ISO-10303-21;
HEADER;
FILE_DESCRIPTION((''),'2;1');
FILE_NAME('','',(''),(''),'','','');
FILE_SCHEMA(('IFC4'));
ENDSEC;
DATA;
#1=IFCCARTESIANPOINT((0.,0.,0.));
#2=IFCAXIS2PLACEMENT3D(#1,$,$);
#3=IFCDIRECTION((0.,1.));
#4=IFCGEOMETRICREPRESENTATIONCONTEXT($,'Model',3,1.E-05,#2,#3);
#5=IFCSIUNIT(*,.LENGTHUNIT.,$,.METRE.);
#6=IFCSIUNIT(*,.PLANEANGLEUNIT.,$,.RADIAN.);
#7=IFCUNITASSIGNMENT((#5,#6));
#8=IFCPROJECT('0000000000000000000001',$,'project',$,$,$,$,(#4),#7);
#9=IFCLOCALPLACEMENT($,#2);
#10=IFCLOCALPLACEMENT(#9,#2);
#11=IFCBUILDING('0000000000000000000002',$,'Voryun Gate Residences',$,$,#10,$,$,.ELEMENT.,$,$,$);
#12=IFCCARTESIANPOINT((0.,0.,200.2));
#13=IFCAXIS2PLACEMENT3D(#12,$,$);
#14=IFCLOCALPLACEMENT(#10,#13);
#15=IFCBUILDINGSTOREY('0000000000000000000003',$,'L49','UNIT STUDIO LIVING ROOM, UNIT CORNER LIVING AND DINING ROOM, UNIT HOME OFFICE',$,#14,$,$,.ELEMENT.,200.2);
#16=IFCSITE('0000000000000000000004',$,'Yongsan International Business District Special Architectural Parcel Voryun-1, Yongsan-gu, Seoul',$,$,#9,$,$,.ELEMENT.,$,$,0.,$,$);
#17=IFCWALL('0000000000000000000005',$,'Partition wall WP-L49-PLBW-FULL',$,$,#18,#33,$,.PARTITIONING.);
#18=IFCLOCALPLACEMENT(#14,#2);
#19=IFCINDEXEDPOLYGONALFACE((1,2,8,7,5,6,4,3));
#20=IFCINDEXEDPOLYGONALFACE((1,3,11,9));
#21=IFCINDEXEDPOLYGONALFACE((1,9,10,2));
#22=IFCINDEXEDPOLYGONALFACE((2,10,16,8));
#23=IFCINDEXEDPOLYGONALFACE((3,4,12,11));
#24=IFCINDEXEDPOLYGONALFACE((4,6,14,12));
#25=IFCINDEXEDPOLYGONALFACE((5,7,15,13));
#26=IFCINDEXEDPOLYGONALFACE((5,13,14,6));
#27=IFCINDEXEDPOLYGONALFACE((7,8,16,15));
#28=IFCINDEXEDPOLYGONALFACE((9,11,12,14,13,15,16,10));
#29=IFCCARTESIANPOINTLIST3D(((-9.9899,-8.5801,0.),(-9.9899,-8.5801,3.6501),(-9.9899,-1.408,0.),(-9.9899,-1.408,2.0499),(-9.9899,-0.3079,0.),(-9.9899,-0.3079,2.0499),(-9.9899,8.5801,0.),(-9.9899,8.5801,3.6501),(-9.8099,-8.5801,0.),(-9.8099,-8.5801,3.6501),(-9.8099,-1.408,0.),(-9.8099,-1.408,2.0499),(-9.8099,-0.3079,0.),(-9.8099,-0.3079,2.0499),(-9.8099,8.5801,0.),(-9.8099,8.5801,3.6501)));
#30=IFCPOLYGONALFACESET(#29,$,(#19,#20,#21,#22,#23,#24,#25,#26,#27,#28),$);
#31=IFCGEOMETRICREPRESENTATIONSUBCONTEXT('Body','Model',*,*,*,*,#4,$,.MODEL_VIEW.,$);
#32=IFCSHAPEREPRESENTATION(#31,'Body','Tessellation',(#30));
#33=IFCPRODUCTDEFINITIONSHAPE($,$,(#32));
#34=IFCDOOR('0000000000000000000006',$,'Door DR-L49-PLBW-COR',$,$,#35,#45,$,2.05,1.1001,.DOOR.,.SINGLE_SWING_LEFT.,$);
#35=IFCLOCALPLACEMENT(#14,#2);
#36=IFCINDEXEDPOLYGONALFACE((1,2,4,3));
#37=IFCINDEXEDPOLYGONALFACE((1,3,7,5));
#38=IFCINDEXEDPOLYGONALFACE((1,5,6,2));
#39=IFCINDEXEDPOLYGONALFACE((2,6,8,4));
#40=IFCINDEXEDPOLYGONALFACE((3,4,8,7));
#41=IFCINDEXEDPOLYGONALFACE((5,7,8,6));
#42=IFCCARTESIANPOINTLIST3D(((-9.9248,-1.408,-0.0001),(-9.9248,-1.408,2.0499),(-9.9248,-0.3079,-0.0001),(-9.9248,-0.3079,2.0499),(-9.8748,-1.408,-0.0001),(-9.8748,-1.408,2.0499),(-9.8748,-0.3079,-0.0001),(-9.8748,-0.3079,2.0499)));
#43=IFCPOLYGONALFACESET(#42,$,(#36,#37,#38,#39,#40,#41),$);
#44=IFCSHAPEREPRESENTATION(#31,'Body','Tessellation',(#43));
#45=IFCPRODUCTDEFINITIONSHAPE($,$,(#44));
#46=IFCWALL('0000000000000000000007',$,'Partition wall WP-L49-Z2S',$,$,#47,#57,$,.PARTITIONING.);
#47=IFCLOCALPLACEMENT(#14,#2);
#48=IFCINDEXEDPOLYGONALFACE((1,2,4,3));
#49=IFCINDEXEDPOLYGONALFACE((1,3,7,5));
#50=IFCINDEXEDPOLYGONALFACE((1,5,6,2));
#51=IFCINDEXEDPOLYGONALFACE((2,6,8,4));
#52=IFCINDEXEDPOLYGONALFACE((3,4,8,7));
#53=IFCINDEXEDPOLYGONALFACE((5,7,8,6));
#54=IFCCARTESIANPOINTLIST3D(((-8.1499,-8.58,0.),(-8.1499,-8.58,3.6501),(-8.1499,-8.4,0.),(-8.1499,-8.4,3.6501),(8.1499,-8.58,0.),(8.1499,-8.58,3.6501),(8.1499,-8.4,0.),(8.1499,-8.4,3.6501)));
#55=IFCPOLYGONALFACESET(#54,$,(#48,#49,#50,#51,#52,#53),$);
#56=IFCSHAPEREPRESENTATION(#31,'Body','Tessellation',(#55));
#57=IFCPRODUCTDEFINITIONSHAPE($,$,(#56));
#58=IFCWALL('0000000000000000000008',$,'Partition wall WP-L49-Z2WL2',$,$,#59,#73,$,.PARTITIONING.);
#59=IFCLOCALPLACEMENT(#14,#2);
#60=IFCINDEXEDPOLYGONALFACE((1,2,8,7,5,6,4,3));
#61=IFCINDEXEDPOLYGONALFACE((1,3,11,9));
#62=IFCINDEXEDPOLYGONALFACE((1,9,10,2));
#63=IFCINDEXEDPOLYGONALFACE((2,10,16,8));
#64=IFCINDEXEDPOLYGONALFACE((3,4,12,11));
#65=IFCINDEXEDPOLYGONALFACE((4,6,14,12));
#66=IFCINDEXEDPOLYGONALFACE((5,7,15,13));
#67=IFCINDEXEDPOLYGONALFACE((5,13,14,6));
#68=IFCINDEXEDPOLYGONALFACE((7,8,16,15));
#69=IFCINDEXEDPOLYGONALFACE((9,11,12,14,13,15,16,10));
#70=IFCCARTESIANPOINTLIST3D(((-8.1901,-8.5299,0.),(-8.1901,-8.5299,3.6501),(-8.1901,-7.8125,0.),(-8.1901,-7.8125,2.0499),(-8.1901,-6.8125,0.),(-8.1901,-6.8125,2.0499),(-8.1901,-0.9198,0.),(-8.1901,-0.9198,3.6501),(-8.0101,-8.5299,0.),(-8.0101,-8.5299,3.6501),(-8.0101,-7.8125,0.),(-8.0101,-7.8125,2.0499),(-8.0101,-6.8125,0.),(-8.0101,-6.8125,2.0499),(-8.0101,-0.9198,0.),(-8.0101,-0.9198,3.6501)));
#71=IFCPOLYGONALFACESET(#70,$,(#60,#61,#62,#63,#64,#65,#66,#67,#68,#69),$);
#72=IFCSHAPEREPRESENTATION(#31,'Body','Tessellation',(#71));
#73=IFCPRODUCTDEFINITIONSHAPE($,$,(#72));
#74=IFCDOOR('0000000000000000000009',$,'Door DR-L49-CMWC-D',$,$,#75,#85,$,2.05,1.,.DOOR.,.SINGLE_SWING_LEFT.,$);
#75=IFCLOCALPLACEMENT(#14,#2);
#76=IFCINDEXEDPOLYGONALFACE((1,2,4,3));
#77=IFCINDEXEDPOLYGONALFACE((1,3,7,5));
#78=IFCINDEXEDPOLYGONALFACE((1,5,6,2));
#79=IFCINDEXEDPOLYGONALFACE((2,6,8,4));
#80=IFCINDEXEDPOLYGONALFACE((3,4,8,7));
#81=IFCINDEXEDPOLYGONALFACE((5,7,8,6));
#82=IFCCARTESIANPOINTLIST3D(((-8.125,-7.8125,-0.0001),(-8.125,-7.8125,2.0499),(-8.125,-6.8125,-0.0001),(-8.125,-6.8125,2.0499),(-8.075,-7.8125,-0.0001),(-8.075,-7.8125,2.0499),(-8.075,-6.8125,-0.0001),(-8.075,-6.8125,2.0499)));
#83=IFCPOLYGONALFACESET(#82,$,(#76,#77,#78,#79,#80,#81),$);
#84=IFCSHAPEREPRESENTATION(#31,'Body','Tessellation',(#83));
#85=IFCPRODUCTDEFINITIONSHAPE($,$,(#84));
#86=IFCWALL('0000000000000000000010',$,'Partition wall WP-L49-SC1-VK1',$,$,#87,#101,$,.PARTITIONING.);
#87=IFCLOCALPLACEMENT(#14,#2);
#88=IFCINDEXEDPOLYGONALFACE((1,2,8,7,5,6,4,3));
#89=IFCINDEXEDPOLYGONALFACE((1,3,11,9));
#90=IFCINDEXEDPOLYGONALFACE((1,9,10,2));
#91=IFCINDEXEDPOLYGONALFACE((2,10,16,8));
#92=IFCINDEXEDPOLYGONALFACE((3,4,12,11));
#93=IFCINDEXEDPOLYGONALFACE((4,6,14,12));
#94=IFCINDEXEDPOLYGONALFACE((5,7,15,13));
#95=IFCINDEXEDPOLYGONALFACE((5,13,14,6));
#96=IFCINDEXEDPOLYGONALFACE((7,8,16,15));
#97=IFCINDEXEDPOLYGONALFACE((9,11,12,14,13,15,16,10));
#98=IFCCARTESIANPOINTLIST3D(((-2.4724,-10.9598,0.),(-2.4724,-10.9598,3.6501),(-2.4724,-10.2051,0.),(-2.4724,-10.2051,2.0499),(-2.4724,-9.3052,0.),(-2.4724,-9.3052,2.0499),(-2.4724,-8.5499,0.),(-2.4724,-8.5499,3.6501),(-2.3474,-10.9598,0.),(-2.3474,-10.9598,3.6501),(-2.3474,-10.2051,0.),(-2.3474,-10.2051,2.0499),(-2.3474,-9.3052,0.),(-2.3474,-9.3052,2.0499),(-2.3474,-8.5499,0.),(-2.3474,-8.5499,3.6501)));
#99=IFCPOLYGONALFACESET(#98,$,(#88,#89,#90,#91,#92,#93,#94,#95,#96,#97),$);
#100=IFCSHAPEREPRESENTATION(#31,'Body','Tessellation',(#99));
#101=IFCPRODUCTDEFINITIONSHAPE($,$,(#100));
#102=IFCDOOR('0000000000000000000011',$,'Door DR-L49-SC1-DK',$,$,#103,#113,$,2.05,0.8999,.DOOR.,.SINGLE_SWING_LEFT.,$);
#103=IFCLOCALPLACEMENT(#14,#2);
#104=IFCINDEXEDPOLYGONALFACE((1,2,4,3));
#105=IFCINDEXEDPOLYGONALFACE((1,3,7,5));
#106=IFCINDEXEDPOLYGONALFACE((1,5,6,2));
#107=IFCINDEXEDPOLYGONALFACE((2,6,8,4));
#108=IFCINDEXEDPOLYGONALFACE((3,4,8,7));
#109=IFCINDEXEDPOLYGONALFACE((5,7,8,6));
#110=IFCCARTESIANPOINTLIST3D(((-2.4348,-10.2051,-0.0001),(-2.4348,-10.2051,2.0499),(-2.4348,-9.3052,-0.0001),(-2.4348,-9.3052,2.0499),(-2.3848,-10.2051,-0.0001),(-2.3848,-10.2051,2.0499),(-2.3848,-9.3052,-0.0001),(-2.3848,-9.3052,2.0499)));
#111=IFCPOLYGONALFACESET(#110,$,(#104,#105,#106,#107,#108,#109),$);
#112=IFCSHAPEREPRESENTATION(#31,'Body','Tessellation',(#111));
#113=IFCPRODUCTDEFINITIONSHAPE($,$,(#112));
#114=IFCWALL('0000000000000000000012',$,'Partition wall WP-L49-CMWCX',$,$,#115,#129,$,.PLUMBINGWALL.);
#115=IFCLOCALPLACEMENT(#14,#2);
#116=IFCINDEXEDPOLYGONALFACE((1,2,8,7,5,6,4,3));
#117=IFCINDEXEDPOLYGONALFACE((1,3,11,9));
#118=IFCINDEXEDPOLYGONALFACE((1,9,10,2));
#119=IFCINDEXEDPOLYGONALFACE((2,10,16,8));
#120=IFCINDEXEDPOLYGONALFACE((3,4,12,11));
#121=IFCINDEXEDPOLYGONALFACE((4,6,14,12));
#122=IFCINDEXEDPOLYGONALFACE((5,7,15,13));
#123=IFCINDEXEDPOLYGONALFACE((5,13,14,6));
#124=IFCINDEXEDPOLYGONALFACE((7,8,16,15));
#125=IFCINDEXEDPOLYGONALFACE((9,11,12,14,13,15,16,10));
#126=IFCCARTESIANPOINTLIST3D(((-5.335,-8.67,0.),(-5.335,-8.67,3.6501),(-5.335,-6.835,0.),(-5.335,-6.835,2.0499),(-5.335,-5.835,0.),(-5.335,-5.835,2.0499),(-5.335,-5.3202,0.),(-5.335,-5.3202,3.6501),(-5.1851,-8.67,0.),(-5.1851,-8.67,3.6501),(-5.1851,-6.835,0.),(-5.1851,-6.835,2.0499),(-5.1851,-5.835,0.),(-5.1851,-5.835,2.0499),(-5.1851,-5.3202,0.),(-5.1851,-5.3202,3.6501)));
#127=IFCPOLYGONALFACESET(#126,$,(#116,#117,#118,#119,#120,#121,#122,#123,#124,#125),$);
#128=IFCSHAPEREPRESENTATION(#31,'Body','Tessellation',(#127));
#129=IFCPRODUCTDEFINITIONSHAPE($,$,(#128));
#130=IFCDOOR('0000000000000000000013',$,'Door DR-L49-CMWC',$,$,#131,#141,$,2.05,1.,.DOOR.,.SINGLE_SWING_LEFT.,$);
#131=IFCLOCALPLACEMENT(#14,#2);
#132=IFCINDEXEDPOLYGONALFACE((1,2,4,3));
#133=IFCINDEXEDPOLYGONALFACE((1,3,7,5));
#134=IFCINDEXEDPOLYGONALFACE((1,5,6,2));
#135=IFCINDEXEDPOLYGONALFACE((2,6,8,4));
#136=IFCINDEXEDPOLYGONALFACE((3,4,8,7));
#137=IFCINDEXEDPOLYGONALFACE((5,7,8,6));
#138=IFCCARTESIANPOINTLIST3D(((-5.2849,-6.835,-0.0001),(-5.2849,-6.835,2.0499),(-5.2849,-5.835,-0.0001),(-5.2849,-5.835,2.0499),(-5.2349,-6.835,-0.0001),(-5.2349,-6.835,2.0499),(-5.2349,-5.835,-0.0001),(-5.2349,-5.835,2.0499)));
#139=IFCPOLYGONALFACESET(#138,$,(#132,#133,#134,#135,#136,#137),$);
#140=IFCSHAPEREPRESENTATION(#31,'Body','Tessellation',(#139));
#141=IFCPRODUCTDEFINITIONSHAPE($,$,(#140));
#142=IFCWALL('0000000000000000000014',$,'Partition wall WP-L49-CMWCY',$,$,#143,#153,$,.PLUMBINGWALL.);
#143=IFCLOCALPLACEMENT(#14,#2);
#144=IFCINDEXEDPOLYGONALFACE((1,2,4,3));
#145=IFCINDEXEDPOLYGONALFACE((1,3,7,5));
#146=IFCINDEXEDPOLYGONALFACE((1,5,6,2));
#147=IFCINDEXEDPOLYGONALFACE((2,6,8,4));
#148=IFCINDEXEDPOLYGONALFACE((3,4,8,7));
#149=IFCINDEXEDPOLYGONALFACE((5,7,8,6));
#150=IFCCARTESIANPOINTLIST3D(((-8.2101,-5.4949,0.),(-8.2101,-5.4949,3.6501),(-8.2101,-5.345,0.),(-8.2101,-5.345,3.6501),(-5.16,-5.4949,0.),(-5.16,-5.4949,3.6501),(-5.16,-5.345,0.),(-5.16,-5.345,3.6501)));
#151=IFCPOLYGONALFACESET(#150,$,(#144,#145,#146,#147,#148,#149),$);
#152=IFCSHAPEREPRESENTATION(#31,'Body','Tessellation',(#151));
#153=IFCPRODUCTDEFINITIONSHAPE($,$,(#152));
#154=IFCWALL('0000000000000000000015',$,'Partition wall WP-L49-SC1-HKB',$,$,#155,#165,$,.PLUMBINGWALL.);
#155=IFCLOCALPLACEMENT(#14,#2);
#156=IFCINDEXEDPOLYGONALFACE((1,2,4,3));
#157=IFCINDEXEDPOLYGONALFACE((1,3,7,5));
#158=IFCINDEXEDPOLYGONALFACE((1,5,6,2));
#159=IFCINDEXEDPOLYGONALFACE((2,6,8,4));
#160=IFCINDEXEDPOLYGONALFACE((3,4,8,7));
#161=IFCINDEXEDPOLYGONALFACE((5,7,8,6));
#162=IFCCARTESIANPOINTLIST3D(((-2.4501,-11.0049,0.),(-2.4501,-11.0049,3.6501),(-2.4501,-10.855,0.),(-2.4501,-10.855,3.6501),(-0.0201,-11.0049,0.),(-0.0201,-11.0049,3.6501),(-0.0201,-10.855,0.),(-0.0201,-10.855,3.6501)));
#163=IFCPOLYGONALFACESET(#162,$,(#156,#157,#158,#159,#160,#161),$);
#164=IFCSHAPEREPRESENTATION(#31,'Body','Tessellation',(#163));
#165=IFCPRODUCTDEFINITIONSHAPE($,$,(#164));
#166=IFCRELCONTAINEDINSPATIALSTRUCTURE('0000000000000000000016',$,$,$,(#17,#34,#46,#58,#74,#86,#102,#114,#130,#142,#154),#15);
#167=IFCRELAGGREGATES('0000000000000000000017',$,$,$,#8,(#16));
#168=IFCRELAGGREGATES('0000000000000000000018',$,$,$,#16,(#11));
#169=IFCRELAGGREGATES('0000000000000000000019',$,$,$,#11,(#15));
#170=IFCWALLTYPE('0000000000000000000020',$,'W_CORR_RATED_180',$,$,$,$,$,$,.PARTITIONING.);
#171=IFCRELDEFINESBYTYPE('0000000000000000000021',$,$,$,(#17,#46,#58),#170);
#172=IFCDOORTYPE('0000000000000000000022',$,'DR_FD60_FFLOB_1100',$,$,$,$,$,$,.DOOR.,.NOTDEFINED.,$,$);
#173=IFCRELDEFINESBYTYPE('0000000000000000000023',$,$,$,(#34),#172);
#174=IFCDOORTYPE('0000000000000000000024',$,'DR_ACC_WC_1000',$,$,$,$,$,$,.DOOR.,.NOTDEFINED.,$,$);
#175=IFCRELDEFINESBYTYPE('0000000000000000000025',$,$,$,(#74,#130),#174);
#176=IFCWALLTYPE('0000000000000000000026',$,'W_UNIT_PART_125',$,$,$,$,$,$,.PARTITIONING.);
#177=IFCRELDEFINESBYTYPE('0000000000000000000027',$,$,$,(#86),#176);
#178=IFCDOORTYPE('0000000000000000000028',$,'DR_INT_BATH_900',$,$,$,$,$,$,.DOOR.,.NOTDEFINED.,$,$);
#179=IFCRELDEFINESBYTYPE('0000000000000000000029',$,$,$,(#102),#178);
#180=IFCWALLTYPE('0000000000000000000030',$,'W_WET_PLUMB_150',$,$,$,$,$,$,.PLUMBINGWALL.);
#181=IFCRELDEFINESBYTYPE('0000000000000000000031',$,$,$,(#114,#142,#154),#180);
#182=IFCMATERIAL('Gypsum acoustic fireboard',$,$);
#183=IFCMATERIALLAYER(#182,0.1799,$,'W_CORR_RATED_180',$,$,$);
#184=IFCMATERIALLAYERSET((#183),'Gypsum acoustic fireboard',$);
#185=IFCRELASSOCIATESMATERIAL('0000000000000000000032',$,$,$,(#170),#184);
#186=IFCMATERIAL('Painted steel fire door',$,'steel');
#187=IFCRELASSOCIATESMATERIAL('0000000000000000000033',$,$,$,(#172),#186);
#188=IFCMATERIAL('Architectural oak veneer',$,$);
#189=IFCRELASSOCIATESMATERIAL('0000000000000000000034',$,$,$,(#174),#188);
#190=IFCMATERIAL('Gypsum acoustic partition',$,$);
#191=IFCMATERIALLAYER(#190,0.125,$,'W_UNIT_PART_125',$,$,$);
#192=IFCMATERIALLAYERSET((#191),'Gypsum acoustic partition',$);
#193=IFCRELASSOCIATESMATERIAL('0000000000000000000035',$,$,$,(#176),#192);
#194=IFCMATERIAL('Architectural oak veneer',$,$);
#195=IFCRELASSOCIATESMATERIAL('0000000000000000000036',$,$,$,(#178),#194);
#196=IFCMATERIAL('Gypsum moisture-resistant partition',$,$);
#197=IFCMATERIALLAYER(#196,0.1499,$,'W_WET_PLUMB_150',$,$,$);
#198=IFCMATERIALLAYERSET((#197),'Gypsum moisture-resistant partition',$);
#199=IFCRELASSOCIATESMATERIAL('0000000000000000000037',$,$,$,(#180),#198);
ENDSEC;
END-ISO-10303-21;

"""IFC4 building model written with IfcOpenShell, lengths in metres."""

from ifc_helpers import new_model, si_unit, direction, frame, frame_2d, origin, place, context, subcontext, project, spatial, rectangle, extrude, material, layer, layer_set, type_object, element, fill, save


model = new_model("IFC4")

# Units and contexts
model_context = context("Model", 3, precision=1e-05, world=origin(), true_north=direction((0.0, 1.0)))
body_context = subcontext(model_context, "Body", "Model", "MODEL_VIEW")
ifc_project = project(units=[si_unit("LENGTHUNIT", "METRE"), si_unit("PLANEANGLEUNIT", "RADIAN")], contexts=[model_context])

# Site, building, storey
site_placement = place(None, origin())
site = spatial("IfcSite", under=ifc_project, at=site_placement, Name="Yongsan International Business District Special Architectural Parcel Voryun-1, Yongsan-gu, Seoul", CompositionType="ELEMENT", RefElevation=0.0)
building_placement = place(site_placement, origin())
building = spatial("IfcBuilding", under=site, at=building_placement, Name="Voryun Gate Residences", CompositionType="ELEMENT")
storey_placement = place(building_placement, frame((0.0, 0.0, 200.2)))
storey = spatial("IfcBuildingStorey", under=building, at=storey_placement, Name="L49", Description="UNIT STUDIO LIVING ROOM, UNIT CORNER LIVING AND DINING ROOM, UNIT HOME OFFICE", CompositionType="ELEMENT", Elevation=200.2)

# Shared definitions
ifc_material_1 = material(Name="Gypsum acoustic fireboard")
ifc_layer_1 = layer(ifc_material_1, 0.1799, Name="W_CORR_RATED_180")
ifc_layer_set_1 = layer_set([ifc_layer_1], Name="Gypsum acoustic fireboard")
wall_type_1 = type_object("IfcWallType", Name="W_CORR_RATED_180", PredefinedType="PARTITIONING", material=ifc_layer_set_1)

# Wall, opening, door
wall_1_placement = place(storey_placement, frame((-9.8999, -8.5801, 0.0), z_axis=(0.0, 0.0, 1.0), x_axis=(0.0, 1.0, 0.0)))
wall_1 = element("IfcWall", 1, at=wall_1_placement, inside=storey, type_object=wall_type_1, Name="Partition wall WP-L49-PLBW-FULL", PredefinedType="PARTITIONING", context=body_context, shape_type="SweptSolid", body=[
    extrude(rectangle(XDim=17.1602, YDim=0.1799, at=frame_2d((8.5801, 0.0))), origin(), (0.0, 0.0, 1.0), 3.6501),
])
opening_1_placement = place(wall_1_placement, frame((7.1721, 0.0, 0.0)))
opening_1 = element("IfcOpeningElement", 2, at=opening_1_placement, cuts=wall_1, PredefinedType="OPENING", context=body_context, shape_type="SweptSolid", body=[
    extrude(rectangle(XDim=1.1001, YDim=2.05, at=frame_2d((0.55, 1.0249))), frame((0.0, 0.0999, 0.0), z_axis=(0.0, -1.0, 0.0), x_axis=(1.0, 0.0, 0.0)), (0.0, 0.0, 1.0), 0.2),
])
ifc_material_2 = material(Name="Painted steel fire door", Category="steel")
door_type_1 = type_object("IfcDoorType", Name="DR_FD60_FFLOB_1100", OperationType="NOTDEFINED", PredefinedType="DOOR", material=ifc_material_2)
door_1_placement = place(opening_1_placement, origin())
door_1 = element("IfcDoor", 3, at=door_1_placement, inside=storey, type_object=door_type_1, Name="Door DR-L49-PLBW-COR", OperationType="SINGLE_SWING_LEFT", OverallHeight=2.05, OverallWidth=1.1001, PredefinedType="DOOR", context=body_context, shape_type="SweptSolid", body=[
    extrude(rectangle(XDim=1.1001, YDim=2.05, at=frame_2d((0.55, 1.0249))), frame((0.0, 0.0249, 0.0), z_axis=(0.0, -1.0, 0.0), x_axis=(1.0, 0.0, 0.0)), (0.0, 0.0, 1.0), 0.05),
])
fill(opening_1, door_1)

# Wall
wall_2_placement = place(storey_placement, frame((-8.1499, -8.49, 0.0), z_axis=(0.0, 0.0, 1.0), x_axis=(1.0, 0.0, 0.0)))
element("IfcWall", 4, at=wall_2_placement, inside=storey, type_object=wall_type_1, Name="Partition wall WP-L49-Z2S", PredefinedType="PARTITIONING", context=body_context, shape_type="SweptSolid", body=[
    extrude(rectangle(XDim=16.2998, YDim=0.1799, at=frame_2d((8.1499, 0.0))), origin(), (0.0, 0.0, 1.0), 3.6501),
])

# Walls, openings, doors
wall_3_placement = place(storey_placement, frame((-8.1001, -8.53, 0.0), z_axis=(0.0, 0.0, 1.0), x_axis=(0.0, 1.0, 0.0)))
wall_3 = element("IfcWall", 5, at=wall_3_placement, inside=storey, type_object=wall_type_1, Name="Partition wall WP-L49-Z2WL2", PredefinedType="PARTITIONING", context=body_context, shape_type="SweptSolid", body=[
    extrude(rectangle(XDim=7.6101, YDim=0.1799, at=frame_2d((3.8052, 0.0))), origin(), (0.0, 0.0, 1.0), 3.6501),
])
opening_2_placement = place(wall_3_placement, frame((0.7175, 0.0, 0.0)))
opening_2 = element("IfcOpeningElement", 6, at=opening_2_placement, cuts=wall_3, PredefinedType="OPENING", context=body_context, shape_type="SweptSolid", body=[
    extrude(rectangle(XDim=1.0, YDim=2.05, at=frame_2d((0.5, 1.0249))), frame((0.0, 0.0999, 0.0), z_axis=(0.0, -1.0, 0.0), x_axis=(1.0, 0.0, 0.0)), (0.0, 0.0, 1.0), 0.2),
])
ifc_material_3 = material(Name="Architectural oak veneer")
door_type_2 = type_object("IfcDoorType", Name="DR_ACC_WC_1000", OperationType="NOTDEFINED", PredefinedType="DOOR", material=ifc_material_3)
door_2_placement = place(opening_2_placement, origin())
door_2 = element("IfcDoor", 7, at=door_2_placement, inside=storey, type_object=door_type_2, Name="Door DR-L49-CMWC-D", OperationType="SINGLE_SWING_LEFT", OverallHeight=2.05, OverallWidth=1.0, PredefinedType="DOOR", context=body_context, shape_type="SweptSolid", body=[
    extrude(rectangle(XDim=1.0, YDim=2.05, at=frame_2d((0.5, 1.0249))), frame((0.0, 0.0249, 0.0), z_axis=(0.0, -1.0, 0.0), x_axis=(1.0, 0.0, 0.0)), (0.0, 0.0, 1.0), 0.05),
])
fill(opening_2, door_2)
ifc_material_4 = material(Name="Gypsum acoustic partition")
ifc_layer_2 = layer(ifc_material_4, 0.125, Name="W_UNIT_PART_125")
ifc_layer_set_2 = layer_set([ifc_layer_2], Name="Gypsum acoustic partition")
wall_type_2 = type_object("IfcWallType", Name="W_UNIT_PART_125", PredefinedType="PARTITIONING", material=ifc_layer_set_2)
wall_4_placement = place(storey_placement, frame((-2.4099, -10.96, 0.0), z_axis=(0.0, 0.0, 1.0), x_axis=(0.0, 1.0, 0.0)))
wall_4 = element("IfcWall", 8, at=wall_4_placement, inside=storey, type_object=wall_type_2, Name="Partition wall WP-L49-SC1-VK1", PredefinedType="PARTITIONING", context=body_context, shape_type="SweptSolid", body=[
    extrude(rectangle(XDim=2.4099, YDim=0.125, at=frame_2d((1.2051, 0.0))), origin(), (0.0, 0.0, 1.0), 3.6501),
])
opening_3_placement = place(wall_4_placement, frame((0.7549, 0.0, 0.0)))
opening_3 = element("IfcOpeningElement", 9, at=opening_3_placement, cuts=wall_4, PredefinedType="OPENING", context=body_context, shape_type="SweptSolid", body=[
    extrude(rectangle(XDim=0.8999, YDim=2.05, at=frame_2d((0.45, 1.0249))), frame((0.0, 0.0725, 0.0), z_axis=(0.0, -1.0, 0.0), x_axis=(1.0, 0.0, 0.0)), (0.0, 0.0, 1.0), 0.145),
])
ifc_material_5 = material(Name="Architectural oak veneer")
door_type_3 = type_object("IfcDoorType", Name="DR_INT_BATH_900", OperationType="NOTDEFINED", PredefinedType="DOOR", material=ifc_material_5)
door_3_placement = place(opening_3_placement, origin())
door_3 = element("IfcDoor", 10, at=door_3_placement, inside=storey, type_object=door_type_3, Name="Door DR-L49-SC1-DK", OperationType="SINGLE_SWING_LEFT", OverallHeight=2.05, OverallWidth=0.8999, PredefinedType="DOOR", context=body_context, shape_type="SweptSolid", body=[
    extrude(rectangle(XDim=0.8999, YDim=2.05, at=frame_2d((0.45, 1.0249))), frame((0.0, 0.0249, 0.0), z_axis=(0.0, -1.0, 0.0), x_axis=(1.0, 0.0, 0.0)), (0.0, 0.0, 1.0), 0.05),
])
fill(opening_3, door_3)
ifc_material_6 = material(Name="Gypsum moisture-resistant partition")
ifc_layer_3 = layer(ifc_material_6, 0.1499, Name="W_WET_PLUMB_150")
ifc_layer_set_3 = layer_set([ifc_layer_3], Name="Gypsum moisture-resistant partition")
wall_type_3 = type_object("IfcWallType", Name="W_WET_PLUMB_150", PredefinedType="PLUMBINGWALL", material=ifc_layer_set_3)
wall_5_placement = place(storey_placement, frame((-5.26, -8.6699, 0.0), z_axis=(0.0, 0.0, 1.0), x_axis=(0.0, 1.0, 0.0)))
wall_5 = element("IfcWall", 11, at=wall_5_placement, inside=storey, type_object=wall_type_3, Name="Partition wall WP-L49-CMWCX", PredefinedType="PLUMBINGWALL", context=body_context, shape_type="SweptSolid", body=[
    extrude(rectangle(XDim=3.3499, YDim=0.1499, at=frame_2d((1.6748, 0.0))), origin(), (0.0, 0.0, 1.0), 3.6501),
])
opening_4_placement = place(wall_5_placement, frame((1.835, 0.0, 0.0)))
opening_4 = element("IfcOpeningElement", 12, at=opening_4_placement, cuts=wall_5, PredefinedType="OPENING", context=body_context, shape_type="SweptSolid", body=[
    extrude(rectangle(XDim=1.0, YDim=2.05, at=frame_2d((0.5, 1.0249))), frame((0.0, 0.085, 0.0), z_axis=(0.0, -1.0, 0.0), x_axis=(1.0, 0.0, 0.0)), (0.0, 0.0, 1.0), 0.1699),
])
door_4_placement = place(opening_4_placement, origin())
door_4 = element("IfcDoor", 13, at=door_4_placement, inside=storey, type_object=door_type_2, Name="Door DR-L49-CMWC", OperationType="SINGLE_SWING_LEFT", OverallHeight=2.05, OverallWidth=1.0, PredefinedType="DOOR", context=body_context, shape_type="SweptSolid", body=[
    extrude(rectangle(XDim=1.0, YDim=2.05, at=frame_2d((0.5, 1.0249))), frame((0.0, 0.0249, 0.0), z_axis=(0.0, -1.0, 0.0), x_axis=(1.0, 0.0, 0.0)), (0.0, 0.0, 1.0), 0.05),
])
fill(opening_4, door_4)

# Walls
wall_6_placement = place(storey_placement, frame((-8.21, -5.4199, 0.0), z_axis=(0.0, 0.0, 1.0), x_axis=(1.0, 0.0, 0.0)))
element("IfcWall", 14, at=wall_6_placement, inside=storey, type_object=wall_type_3, Name="Partition wall WP-L49-CMWCY", PredefinedType="PLUMBINGWALL", context=body_context, shape_type="SweptSolid", body=[
    extrude(rectangle(XDim=3.05, YDim=0.1499, at=frame_2d((1.5249, 0.0))), origin(), (0.0, 0.0, 1.0), 3.6501),
])
wall_7_placement = place(storey_placement, frame((-2.45, -10.9299, 0.0), z_axis=(0.0, 0.0, 1.0), x_axis=(1.0, 0.0, 0.0)))
element("IfcWall", 15, at=wall_7_placement, inside=storey, type_object=wall_type_3, Name="Partition wall WP-L49-SC1-HKB", PredefinedType="PLUMBINGWALL", context=body_context, shape_type="SweptSolid", body=[
    extrude(rectangle(XDim=2.4299, YDim=0.1499, at=frame_2d((1.2148, 0.0))), origin(), (0.0, 0.0, 1.0), 3.6501),
])

save(model, "model.ifc")
